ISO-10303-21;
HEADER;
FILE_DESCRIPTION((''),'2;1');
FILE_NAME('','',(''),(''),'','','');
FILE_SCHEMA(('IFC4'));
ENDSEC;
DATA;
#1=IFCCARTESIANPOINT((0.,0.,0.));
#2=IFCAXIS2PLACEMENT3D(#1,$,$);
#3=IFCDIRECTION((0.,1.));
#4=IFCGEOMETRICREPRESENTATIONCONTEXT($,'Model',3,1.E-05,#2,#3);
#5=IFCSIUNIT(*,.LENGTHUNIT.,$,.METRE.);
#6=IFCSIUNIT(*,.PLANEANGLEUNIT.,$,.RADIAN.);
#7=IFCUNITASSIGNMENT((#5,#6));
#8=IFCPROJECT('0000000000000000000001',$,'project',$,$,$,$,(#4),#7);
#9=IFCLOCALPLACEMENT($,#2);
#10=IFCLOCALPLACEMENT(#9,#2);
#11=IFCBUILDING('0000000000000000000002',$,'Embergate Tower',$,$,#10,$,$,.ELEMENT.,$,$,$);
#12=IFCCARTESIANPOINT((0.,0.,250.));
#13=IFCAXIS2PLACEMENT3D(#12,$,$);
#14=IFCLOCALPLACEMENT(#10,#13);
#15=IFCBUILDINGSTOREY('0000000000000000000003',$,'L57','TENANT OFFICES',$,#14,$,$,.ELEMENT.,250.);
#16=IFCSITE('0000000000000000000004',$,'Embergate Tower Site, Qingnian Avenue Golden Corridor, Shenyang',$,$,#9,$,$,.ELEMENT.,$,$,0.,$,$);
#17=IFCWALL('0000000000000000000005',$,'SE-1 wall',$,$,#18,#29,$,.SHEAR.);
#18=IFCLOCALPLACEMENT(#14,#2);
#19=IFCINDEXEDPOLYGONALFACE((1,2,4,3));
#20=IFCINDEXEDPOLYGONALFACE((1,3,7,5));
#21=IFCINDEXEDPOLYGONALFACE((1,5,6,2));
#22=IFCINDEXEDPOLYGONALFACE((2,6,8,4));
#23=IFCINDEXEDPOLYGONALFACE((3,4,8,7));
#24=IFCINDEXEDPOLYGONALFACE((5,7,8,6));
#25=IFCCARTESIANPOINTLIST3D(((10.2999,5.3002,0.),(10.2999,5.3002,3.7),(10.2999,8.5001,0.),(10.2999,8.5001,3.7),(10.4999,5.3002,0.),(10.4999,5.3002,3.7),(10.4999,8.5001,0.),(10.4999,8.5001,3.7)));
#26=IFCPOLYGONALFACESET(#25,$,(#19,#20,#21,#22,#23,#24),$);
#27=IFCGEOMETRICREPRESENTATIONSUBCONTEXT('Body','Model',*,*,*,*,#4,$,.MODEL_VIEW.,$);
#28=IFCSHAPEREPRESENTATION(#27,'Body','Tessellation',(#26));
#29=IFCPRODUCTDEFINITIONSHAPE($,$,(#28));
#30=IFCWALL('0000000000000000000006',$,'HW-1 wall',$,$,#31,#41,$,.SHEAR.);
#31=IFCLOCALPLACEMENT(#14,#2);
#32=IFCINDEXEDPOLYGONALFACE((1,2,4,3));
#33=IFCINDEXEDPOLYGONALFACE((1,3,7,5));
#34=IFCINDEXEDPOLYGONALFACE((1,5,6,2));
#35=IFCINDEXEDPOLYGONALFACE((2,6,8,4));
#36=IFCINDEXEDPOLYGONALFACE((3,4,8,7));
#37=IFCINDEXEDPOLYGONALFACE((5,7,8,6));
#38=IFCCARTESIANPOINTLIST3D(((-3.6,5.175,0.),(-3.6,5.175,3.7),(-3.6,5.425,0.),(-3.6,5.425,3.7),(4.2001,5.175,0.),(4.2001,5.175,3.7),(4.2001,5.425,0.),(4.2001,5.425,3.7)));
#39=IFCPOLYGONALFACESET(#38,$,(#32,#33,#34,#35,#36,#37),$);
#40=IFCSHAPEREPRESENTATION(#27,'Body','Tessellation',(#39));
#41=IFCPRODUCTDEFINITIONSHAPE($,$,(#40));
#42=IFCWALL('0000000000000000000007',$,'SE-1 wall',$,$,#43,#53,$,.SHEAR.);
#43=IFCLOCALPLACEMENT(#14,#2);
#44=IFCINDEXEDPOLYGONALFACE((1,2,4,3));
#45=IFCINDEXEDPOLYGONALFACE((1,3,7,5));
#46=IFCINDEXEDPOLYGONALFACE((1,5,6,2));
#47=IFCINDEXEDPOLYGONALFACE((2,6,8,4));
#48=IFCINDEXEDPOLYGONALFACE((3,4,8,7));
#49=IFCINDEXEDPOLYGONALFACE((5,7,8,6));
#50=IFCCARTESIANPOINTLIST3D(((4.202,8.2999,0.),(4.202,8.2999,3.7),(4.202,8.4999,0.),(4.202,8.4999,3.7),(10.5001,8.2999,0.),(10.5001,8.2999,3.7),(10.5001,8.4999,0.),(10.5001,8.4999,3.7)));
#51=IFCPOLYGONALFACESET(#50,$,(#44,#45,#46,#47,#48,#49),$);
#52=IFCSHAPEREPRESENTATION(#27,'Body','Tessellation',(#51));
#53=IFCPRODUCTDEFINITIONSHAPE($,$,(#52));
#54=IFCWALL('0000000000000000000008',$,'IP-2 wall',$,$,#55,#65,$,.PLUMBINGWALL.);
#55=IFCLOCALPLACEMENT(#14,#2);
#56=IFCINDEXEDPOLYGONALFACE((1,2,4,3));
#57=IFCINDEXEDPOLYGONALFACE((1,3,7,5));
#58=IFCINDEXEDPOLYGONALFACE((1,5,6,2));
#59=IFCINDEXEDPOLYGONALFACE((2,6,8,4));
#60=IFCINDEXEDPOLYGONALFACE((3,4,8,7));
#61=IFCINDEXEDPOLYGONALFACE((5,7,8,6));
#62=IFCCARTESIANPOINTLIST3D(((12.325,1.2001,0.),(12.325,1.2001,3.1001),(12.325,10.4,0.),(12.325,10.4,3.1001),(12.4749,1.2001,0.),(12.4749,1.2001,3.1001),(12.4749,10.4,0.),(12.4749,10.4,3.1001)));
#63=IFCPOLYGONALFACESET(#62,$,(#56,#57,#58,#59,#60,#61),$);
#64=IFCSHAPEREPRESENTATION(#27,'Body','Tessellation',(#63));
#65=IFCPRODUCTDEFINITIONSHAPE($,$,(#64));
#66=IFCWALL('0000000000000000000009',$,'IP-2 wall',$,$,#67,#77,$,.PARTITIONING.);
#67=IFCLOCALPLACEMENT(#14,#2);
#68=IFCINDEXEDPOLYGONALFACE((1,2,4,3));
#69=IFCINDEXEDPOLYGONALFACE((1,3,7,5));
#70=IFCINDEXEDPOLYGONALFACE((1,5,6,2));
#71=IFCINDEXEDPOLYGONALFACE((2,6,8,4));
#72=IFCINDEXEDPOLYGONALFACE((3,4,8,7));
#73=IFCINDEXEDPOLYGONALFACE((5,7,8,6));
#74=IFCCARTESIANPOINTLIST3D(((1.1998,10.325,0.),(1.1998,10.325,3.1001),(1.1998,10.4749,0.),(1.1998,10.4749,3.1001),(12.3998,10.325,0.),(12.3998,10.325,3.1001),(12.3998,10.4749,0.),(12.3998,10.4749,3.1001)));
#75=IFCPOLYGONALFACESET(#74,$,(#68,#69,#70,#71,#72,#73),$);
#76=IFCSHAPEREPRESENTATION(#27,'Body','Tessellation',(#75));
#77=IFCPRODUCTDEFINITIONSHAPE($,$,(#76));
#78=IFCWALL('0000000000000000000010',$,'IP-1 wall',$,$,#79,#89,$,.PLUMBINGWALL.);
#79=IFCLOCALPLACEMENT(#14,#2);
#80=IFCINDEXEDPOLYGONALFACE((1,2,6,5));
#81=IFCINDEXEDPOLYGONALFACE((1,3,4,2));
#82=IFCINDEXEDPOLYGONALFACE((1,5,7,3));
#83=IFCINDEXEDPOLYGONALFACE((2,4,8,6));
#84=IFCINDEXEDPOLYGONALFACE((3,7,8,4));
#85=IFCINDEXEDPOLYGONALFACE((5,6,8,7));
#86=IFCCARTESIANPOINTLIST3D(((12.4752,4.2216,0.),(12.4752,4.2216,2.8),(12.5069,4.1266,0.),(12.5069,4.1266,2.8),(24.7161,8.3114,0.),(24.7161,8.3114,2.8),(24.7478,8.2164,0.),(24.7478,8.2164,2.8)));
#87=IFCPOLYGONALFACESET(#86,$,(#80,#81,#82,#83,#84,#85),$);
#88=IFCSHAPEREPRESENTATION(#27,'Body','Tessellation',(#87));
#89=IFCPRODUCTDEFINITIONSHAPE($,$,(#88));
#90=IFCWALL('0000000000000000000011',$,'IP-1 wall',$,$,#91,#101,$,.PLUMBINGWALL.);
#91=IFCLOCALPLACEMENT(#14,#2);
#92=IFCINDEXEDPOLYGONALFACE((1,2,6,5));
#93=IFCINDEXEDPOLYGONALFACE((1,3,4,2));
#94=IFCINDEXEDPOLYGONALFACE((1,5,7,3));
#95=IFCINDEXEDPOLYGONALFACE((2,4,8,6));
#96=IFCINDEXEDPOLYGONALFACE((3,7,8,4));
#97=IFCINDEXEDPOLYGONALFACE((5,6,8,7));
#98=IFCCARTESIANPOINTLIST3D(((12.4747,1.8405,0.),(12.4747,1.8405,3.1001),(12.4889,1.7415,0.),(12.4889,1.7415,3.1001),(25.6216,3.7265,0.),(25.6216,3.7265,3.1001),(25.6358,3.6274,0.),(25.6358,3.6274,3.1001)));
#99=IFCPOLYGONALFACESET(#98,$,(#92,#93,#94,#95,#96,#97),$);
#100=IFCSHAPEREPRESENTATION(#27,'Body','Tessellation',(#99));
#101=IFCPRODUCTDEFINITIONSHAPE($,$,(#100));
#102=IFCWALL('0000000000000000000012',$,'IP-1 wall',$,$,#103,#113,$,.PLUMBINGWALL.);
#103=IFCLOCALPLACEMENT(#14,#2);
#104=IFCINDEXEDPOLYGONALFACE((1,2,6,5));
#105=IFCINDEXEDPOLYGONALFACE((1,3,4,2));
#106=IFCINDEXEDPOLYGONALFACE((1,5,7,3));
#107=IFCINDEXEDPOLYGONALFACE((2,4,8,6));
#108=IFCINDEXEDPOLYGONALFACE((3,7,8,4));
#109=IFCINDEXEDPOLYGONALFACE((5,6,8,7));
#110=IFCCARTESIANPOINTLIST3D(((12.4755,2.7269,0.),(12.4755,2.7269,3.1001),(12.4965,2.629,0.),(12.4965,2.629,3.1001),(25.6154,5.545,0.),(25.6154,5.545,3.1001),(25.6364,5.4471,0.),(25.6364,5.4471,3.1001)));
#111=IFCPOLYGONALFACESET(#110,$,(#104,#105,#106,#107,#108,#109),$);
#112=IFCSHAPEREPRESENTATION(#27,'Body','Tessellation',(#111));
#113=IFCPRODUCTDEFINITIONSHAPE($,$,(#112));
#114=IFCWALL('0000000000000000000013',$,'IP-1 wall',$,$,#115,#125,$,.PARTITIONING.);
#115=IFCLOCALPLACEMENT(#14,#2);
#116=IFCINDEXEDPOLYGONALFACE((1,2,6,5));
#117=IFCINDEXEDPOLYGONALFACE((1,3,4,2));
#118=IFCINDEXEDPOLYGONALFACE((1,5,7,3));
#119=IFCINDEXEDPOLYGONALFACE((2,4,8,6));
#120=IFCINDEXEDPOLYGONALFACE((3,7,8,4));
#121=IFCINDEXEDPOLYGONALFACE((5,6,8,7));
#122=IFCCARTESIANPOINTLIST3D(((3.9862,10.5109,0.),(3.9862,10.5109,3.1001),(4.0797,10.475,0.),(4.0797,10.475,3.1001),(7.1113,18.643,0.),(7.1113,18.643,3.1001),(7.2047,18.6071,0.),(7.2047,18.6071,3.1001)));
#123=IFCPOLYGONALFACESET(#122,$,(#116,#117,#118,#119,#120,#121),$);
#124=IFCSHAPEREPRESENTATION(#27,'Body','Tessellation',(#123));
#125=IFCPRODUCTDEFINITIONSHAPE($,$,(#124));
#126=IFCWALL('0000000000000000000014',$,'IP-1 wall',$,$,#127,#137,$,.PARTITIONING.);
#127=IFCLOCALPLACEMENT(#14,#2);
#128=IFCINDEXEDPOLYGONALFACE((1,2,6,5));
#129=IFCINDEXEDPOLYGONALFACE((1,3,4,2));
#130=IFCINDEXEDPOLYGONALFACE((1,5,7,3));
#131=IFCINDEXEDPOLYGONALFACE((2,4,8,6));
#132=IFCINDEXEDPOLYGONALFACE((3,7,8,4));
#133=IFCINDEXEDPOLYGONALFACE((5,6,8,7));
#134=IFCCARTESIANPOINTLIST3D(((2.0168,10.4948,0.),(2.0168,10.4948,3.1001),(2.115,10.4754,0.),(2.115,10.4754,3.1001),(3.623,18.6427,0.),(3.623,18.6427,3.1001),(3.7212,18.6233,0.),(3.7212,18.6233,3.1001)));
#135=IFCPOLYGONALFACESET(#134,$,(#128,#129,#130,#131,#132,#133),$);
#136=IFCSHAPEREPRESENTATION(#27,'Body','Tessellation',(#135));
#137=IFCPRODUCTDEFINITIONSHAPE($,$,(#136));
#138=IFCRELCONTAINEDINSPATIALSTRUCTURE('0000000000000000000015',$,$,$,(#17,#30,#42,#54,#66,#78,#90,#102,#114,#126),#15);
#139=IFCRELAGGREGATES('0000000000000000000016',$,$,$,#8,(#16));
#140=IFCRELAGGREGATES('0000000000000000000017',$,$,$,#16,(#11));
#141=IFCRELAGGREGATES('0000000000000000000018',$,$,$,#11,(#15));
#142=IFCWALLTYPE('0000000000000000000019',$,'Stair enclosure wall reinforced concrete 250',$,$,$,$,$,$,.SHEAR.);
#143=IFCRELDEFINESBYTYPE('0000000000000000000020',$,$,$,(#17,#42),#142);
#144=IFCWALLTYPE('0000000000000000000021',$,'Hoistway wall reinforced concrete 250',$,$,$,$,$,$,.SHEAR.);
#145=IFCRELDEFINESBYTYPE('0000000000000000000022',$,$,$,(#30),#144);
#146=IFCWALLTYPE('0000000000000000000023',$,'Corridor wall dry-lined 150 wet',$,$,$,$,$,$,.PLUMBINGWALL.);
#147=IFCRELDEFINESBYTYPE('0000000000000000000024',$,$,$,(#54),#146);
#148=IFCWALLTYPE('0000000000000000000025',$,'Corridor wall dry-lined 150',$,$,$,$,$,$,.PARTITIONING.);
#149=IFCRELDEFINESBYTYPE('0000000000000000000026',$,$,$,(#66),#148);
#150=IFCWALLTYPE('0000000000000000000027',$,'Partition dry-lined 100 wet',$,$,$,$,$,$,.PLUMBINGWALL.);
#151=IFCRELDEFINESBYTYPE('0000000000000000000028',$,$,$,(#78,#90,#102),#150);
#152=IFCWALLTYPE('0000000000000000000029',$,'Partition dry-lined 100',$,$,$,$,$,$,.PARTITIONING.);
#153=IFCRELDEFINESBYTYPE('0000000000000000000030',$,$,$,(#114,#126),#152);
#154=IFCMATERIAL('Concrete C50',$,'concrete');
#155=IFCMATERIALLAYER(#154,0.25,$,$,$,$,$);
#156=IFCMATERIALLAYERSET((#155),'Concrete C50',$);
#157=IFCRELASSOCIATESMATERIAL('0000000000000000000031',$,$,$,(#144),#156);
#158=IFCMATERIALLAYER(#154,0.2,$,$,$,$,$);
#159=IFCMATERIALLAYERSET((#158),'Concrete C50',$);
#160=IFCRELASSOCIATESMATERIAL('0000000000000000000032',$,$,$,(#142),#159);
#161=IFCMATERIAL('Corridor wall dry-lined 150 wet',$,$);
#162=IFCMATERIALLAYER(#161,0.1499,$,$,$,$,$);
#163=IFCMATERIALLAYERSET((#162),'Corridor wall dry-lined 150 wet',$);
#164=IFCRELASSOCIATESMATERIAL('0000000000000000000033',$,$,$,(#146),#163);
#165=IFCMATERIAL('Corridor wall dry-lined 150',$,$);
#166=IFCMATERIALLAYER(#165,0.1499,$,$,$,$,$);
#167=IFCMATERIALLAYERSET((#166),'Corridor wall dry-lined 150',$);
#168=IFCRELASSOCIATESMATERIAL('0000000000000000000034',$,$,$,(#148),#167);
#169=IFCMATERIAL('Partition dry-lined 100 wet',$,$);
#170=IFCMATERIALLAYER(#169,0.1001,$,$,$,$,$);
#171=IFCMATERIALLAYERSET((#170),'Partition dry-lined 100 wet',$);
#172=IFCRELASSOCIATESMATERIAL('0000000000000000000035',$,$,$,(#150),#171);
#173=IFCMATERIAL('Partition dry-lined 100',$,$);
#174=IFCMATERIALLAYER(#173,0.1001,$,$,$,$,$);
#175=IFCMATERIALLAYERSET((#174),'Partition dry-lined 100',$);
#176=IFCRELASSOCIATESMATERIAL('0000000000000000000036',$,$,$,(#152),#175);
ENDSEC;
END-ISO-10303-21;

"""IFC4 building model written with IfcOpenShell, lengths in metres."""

from ifc_helpers import new_model, si_unit, direction, frame, frame_2d, origin, place, context, subcontext, project, spatial, rectangle, extrude, source, transform, mapped, material, layer, layer_set, type_object, element, save


model = new_model("IFC4")

# Units and contexts
model_context = context("Model", 3, precision=1e-05, world=origin(), true_north=direction((0.0, 1.0)))
body_context = subcontext(model_context, "Body", "Model", "MODEL_VIEW")
ifc_project = project(units=[si_unit("LENGTHUNIT", "METRE"), si_unit("PLANEANGLEUNIT", "RADIAN")], contexts=[model_context])

# Site, building, storey
site_placement = place(None, origin())
site = spatial("IfcSite", under=ifc_project, at=site_placement, Name="Embergate Tower Site, Qingnian Avenue Golden Corridor, Shenyang", CompositionType="ELEMENT", RefElevation=0.0)
building_placement = place(site_placement, origin())
building = spatial("IfcBuilding", under=site, at=building_placement, Name="Embergate Tower", CompositionType="ELEMENT")
storey_placement = place(building_placement, frame((0.0, 0.0, 250.0)))
storey = spatial("IfcBuildingStorey", under=building, at=storey_placement, Name="L57", Description="TENANT OFFICES", CompositionType="ELEMENT", Elevation=250.0)

# Shared definitions
ifc_material_1 = material(Name="Concrete C50", Category="concrete")
ifc_layer_1 = layer(ifc_material_1, 0.25)
ifc_layer_set_1 = layer_set([ifc_layer_1], Name="Concrete C50")
wall_type_1 = type_object("IfcWallType", Name="Hoistway wall reinforced concrete 250", PredefinedType="SHEAR", material=ifc_layer_set_1)

# Shared definitions
ifc_layer_2 = layer(ifc_material_1, 0.2)
ifc_layer_set_2 = layer_set([ifc_layer_2], Name="Concrete C50")
wall_type_2 = type_object("IfcWallType", Name="Stair enclosure wall reinforced concrete 250", PredefinedType="SHEAR", material=ifc_layer_set_2)

# Shared definitions
shared_shape_1 = source(origin(), body_context, "Body", "SweptSolid", [
    extrude(rectangle(XDim=3.2, YDim=0.2, at=frame_2d((1.6001, 0.0))), origin(), (0.0, 0.0, 1.0), 3.7),
])

# Walls
wall_1_placement = place(storey_placement, frame((10.3999, 5.3, 0.0), z_axis=(0.0, 0.0, 1.0), x_axis=(0.0, 1.0, 0.0)))
element("IfcWall", 1, at=wall_1_placement, inside=storey, type_object=wall_type_2, Name="SE-1 wall", PredefinedType="SHEAR", context=body_context, shape_type="MappedRepresentation", body=[
    mapped(shared_shape_1, transform((0.0, 0.0, 0.0))),
])
shared_shape_2 = source(origin(), body_context, "Body", "SweptSolid", [
    extrude(rectangle(XDim=7.8, YDim=0.25, at=frame_2d((3.8999, 0.0))), origin(), (0.0, 0.0, 1.0), 3.7),
])
wall_2_placement = place(storey_placement, frame((4.2, 5.3, 0.0), z_axis=(0.0, 0.0, 1.0), x_axis=(-1.0, 0.0, 0.0)))
element("IfcWall", 2, at=wall_2_placement, inside=storey, type_object=wall_type_1, Name="HW-1 wall", PredefinedType="SHEAR", context=body_context, shape_type="MappedRepresentation", body=[
    mapped(shared_shape_2, transform((0.0, 0.0, 0.0))),
])
shared_shape_3 = source(origin(), body_context, "Body", "SweptSolid", [
    extrude(rectangle(XDim=6.2981, YDim=0.2, at=frame_2d((3.1489, 0.0))), origin(), (0.0, 0.0, 1.0), 3.7),
])
wall_3_placement = place(storey_placement, frame((10.5, 8.3999, 0.0), z_axis=(0.0, 0.0, 1.0), x_axis=(-1.0, 0.0, 0.0)))
element("IfcWall", 3, at=wall_3_placement, inside=storey, type_object=wall_type_2, Name="SE-1 wall", PredefinedType="SHEAR", context=body_context, shape_type="MappedRepresentation", body=[
    mapped(shared_shape_3, transform((0.0, 0.0, 0.0))),
])
ifc_material_2 = material(Name="Corridor wall dry-lined 150 wet")
ifc_layer_3 = layer(ifc_material_2, 0.1499)
ifc_layer_set_3 = layer_set([ifc_layer_3], Name="Corridor wall dry-lined 150 wet")
wall_type_3 = type_object("IfcWallType", Name="Corridor wall dry-lined 150 wet", PredefinedType="PLUMBINGWALL", material=ifc_layer_set_3)
shared_shape_4 = source(origin(), body_context, "Body", "SweptSolid", [
    extrude(rectangle(XDim=9.2, YDim=0.1499, at=frame_2d((4.6001, 0.0))), origin(), (0.0, 0.0, 1.0), 3.1001),
])
wall_4_placement = place(storey_placement, frame((12.3999, 1.2, 0.0), z_axis=(0.0, 0.0, 1.0), x_axis=(0.0, 1.0, 0.0)))
element("IfcWall", 4, at=wall_4_placement, inside=storey, type_object=wall_type_3, Name="IP-2 wall", PredefinedType="PLUMBINGWALL", context=body_context, shape_type="MappedRepresentation", body=[
    mapped(shared_shape_4, transform((0.0, 0.0, 0.0))),
])
ifc_material_3 = material(Name="Corridor wall dry-lined 150")
ifc_layer_4 = layer(ifc_material_3, 0.1499)
ifc_layer_set_4 = layer_set([ifc_layer_4], Name="Corridor wall dry-lined 150")
wall_type_4 = type_object("IfcWallType", Name="Corridor wall dry-lined 150", PredefinedType="PARTITIONING", material=ifc_layer_set_4)
shared_shape_5 = source(origin(), body_context, "Body", "SweptSolid", [
    extrude(rectangle(XDim=11.2, YDim=0.1499, at=frame_2d((5.6001, 0.0))), origin(), (0.0, 0.0, 1.0), 3.1001),
])
wall_5_placement = place(storey_placement, frame((12.3999, 10.3999, 0.0), z_axis=(0.0, 0.0, 1.0), x_axis=(-1.0, 0.0, 0.0)))
element("IfcWall", 5, at=wall_5_placement, inside=storey, type_object=wall_type_4, Name="IP-2 wall", PredefinedType="PARTITIONING", context=body_context, shape_type="MappedRepresentation", body=[
    mapped(shared_shape_5, transform((0.0, 0.0, 0.0))),
])
ifc_material_4 = material(Name="Partition dry-lined 100 wet")
ifc_layer_5 = layer(ifc_material_4, 0.1001)
ifc_layer_set_5 = layer_set([ifc_layer_5], Name="Partition dry-lined 100 wet")
wall_type_5 = type_object("IfcWallType", Name="Partition dry-lined 100 wet", PredefinedType="PLUMBINGWALL", material=ifc_layer_set_5)
shared_shape_6 = source(origin(), body_context, "Body", "SweptSolid", [
    extrude(rectangle(XDim=12.906, YDim=0.1001, at=frame_2d((6.4531, 0.0))), origin(), (0.0, 0.0, 1.0), 2.8),
])
wall_6_placement = place(storey_placement, frame((12.491, 4.1741, 0.0), z_axis=(0.0, 0.0, 1.0), x_axis=(0.948462, 0.316892, 0.0)))
element("IfcWall", 6, at=wall_6_placement, inside=storey, type_object=wall_type_5, Name="IP-1 wall", PredefinedType="PLUMBINGWALL", context=body_context, shape_type="MappedRepresentation", body=[
    mapped(shared_shape_6, transform((0.0, 0.0, 0.0))),
])
shared_shape_7 = source(origin(), body_context, "Body", "SweptSolid", [
    extrude(rectangle(XDim=13.2815, YDim=0.1001, at=frame_2d((6.6406, 0.0))), origin(), (0.0, 0.0, 1.0), 3.1001),
])
wall_7_placement = place(storey_placement, frame((12.4819, 1.791, 0.0), z_axis=(0.0, 0.0, 1.0), x_axis=(0.989867, 0.142, 0.0)))
element("IfcWall", 7, at=wall_7_placement, inside=storey, type_object=wall_type_5, Name="IP-1 wall", PredefinedType="PLUMBINGWALL", context=body_context, shape_type="MappedRepresentation", body=[
    mapped(shared_shape_7, transform((0.0, 0.0, 0.0))),
])
shared_shape_8 = source(origin(), body_context, "Body", "SweptSolid", [
    extrude(rectangle(XDim=13.4387, YDim=0.1001, at=frame_2d((6.7192, 0.0))), origin(), (0.0, 0.0, 1.0), 3.1001),
])
wall_8_placement = place(storey_placement, frame((12.4861, 2.678, 0.0), z_axis=(0.0, 0.0, 1.0), x_axis=(0.977765, 0.209702, 0.0)))
element("IfcWall", 8, at=wall_8_placement, inside=storey, type_object=wall_type_5, Name="IP-1 wall", PredefinedType="PLUMBINGWALL", context=body_context, shape_type="MappedRepresentation", body=[
    mapped(shared_shape_8, transform((0.0, 0.0, 0.0))),
])
ifc_material_5 = material(Name="Partition dry-lined 100")
ifc_layer_6 = layer(ifc_material_5, 0.1001)
ifc_layer_set_6 = layer_set([ifc_layer_6], Name="Partition dry-lined 100")
wall_type_6 = type_object("IfcWallType", Name="Partition dry-lined 100", PredefinedType="PARTITIONING", material=ifc_layer_set_6)
shared_shape_9 = source(origin(), body_context, "Body", "SweptSolid", [
    extrude(rectangle(XDim=8.7119, YDim=0.1001, at=frame_2d((4.356, 0.0))), origin(), (0.0, 0.0, 1.0), 3.1001),
])
wall_9_placement = place(storey_placement, frame((4.033, 10.4929, 0.0), z_axis=(0.0, 0.0, 1.0), x_axis=(0.358707, 0.93345, 0.0)))
element("IfcWall", 9, at=wall_9_placement, inside=storey, type_object=wall_type_6, Name="IP-1 wall", PredefinedType="PARTITIONING", context=body_context, shape_type="MappedRepresentation", body=[
    mapped(shared_shape_9, transform((0.0, 0.0, 0.0))),
])
shared_shape_10 = source(origin(), body_context, "Body", "SweptSolid", [
    extrude(rectangle(XDim=8.3047, YDim=0.1001, at=frame_2d((4.1523, 0.0))), origin(), (0.0, 0.0, 1.0), 3.1001),
])
wall_10_placement = place(storey_placement, frame((2.0659, 10.4851, 0.0), z_axis=(0.0, 0.0, 1.0), x_axis=(0.193407, 0.981119, 0.0)))
element("IfcWall", 10, at=wall_10_placement, inside=storey, type_object=wall_type_6, Name="IP-1 wall", PredefinedType="PARTITIONING", context=body_context, shape_type="MappedRepresentation", body=[
    mapped(shared_shape_10, transform((0.0, 0.0, 0.0))),
])

save(model, "model.ifc")
